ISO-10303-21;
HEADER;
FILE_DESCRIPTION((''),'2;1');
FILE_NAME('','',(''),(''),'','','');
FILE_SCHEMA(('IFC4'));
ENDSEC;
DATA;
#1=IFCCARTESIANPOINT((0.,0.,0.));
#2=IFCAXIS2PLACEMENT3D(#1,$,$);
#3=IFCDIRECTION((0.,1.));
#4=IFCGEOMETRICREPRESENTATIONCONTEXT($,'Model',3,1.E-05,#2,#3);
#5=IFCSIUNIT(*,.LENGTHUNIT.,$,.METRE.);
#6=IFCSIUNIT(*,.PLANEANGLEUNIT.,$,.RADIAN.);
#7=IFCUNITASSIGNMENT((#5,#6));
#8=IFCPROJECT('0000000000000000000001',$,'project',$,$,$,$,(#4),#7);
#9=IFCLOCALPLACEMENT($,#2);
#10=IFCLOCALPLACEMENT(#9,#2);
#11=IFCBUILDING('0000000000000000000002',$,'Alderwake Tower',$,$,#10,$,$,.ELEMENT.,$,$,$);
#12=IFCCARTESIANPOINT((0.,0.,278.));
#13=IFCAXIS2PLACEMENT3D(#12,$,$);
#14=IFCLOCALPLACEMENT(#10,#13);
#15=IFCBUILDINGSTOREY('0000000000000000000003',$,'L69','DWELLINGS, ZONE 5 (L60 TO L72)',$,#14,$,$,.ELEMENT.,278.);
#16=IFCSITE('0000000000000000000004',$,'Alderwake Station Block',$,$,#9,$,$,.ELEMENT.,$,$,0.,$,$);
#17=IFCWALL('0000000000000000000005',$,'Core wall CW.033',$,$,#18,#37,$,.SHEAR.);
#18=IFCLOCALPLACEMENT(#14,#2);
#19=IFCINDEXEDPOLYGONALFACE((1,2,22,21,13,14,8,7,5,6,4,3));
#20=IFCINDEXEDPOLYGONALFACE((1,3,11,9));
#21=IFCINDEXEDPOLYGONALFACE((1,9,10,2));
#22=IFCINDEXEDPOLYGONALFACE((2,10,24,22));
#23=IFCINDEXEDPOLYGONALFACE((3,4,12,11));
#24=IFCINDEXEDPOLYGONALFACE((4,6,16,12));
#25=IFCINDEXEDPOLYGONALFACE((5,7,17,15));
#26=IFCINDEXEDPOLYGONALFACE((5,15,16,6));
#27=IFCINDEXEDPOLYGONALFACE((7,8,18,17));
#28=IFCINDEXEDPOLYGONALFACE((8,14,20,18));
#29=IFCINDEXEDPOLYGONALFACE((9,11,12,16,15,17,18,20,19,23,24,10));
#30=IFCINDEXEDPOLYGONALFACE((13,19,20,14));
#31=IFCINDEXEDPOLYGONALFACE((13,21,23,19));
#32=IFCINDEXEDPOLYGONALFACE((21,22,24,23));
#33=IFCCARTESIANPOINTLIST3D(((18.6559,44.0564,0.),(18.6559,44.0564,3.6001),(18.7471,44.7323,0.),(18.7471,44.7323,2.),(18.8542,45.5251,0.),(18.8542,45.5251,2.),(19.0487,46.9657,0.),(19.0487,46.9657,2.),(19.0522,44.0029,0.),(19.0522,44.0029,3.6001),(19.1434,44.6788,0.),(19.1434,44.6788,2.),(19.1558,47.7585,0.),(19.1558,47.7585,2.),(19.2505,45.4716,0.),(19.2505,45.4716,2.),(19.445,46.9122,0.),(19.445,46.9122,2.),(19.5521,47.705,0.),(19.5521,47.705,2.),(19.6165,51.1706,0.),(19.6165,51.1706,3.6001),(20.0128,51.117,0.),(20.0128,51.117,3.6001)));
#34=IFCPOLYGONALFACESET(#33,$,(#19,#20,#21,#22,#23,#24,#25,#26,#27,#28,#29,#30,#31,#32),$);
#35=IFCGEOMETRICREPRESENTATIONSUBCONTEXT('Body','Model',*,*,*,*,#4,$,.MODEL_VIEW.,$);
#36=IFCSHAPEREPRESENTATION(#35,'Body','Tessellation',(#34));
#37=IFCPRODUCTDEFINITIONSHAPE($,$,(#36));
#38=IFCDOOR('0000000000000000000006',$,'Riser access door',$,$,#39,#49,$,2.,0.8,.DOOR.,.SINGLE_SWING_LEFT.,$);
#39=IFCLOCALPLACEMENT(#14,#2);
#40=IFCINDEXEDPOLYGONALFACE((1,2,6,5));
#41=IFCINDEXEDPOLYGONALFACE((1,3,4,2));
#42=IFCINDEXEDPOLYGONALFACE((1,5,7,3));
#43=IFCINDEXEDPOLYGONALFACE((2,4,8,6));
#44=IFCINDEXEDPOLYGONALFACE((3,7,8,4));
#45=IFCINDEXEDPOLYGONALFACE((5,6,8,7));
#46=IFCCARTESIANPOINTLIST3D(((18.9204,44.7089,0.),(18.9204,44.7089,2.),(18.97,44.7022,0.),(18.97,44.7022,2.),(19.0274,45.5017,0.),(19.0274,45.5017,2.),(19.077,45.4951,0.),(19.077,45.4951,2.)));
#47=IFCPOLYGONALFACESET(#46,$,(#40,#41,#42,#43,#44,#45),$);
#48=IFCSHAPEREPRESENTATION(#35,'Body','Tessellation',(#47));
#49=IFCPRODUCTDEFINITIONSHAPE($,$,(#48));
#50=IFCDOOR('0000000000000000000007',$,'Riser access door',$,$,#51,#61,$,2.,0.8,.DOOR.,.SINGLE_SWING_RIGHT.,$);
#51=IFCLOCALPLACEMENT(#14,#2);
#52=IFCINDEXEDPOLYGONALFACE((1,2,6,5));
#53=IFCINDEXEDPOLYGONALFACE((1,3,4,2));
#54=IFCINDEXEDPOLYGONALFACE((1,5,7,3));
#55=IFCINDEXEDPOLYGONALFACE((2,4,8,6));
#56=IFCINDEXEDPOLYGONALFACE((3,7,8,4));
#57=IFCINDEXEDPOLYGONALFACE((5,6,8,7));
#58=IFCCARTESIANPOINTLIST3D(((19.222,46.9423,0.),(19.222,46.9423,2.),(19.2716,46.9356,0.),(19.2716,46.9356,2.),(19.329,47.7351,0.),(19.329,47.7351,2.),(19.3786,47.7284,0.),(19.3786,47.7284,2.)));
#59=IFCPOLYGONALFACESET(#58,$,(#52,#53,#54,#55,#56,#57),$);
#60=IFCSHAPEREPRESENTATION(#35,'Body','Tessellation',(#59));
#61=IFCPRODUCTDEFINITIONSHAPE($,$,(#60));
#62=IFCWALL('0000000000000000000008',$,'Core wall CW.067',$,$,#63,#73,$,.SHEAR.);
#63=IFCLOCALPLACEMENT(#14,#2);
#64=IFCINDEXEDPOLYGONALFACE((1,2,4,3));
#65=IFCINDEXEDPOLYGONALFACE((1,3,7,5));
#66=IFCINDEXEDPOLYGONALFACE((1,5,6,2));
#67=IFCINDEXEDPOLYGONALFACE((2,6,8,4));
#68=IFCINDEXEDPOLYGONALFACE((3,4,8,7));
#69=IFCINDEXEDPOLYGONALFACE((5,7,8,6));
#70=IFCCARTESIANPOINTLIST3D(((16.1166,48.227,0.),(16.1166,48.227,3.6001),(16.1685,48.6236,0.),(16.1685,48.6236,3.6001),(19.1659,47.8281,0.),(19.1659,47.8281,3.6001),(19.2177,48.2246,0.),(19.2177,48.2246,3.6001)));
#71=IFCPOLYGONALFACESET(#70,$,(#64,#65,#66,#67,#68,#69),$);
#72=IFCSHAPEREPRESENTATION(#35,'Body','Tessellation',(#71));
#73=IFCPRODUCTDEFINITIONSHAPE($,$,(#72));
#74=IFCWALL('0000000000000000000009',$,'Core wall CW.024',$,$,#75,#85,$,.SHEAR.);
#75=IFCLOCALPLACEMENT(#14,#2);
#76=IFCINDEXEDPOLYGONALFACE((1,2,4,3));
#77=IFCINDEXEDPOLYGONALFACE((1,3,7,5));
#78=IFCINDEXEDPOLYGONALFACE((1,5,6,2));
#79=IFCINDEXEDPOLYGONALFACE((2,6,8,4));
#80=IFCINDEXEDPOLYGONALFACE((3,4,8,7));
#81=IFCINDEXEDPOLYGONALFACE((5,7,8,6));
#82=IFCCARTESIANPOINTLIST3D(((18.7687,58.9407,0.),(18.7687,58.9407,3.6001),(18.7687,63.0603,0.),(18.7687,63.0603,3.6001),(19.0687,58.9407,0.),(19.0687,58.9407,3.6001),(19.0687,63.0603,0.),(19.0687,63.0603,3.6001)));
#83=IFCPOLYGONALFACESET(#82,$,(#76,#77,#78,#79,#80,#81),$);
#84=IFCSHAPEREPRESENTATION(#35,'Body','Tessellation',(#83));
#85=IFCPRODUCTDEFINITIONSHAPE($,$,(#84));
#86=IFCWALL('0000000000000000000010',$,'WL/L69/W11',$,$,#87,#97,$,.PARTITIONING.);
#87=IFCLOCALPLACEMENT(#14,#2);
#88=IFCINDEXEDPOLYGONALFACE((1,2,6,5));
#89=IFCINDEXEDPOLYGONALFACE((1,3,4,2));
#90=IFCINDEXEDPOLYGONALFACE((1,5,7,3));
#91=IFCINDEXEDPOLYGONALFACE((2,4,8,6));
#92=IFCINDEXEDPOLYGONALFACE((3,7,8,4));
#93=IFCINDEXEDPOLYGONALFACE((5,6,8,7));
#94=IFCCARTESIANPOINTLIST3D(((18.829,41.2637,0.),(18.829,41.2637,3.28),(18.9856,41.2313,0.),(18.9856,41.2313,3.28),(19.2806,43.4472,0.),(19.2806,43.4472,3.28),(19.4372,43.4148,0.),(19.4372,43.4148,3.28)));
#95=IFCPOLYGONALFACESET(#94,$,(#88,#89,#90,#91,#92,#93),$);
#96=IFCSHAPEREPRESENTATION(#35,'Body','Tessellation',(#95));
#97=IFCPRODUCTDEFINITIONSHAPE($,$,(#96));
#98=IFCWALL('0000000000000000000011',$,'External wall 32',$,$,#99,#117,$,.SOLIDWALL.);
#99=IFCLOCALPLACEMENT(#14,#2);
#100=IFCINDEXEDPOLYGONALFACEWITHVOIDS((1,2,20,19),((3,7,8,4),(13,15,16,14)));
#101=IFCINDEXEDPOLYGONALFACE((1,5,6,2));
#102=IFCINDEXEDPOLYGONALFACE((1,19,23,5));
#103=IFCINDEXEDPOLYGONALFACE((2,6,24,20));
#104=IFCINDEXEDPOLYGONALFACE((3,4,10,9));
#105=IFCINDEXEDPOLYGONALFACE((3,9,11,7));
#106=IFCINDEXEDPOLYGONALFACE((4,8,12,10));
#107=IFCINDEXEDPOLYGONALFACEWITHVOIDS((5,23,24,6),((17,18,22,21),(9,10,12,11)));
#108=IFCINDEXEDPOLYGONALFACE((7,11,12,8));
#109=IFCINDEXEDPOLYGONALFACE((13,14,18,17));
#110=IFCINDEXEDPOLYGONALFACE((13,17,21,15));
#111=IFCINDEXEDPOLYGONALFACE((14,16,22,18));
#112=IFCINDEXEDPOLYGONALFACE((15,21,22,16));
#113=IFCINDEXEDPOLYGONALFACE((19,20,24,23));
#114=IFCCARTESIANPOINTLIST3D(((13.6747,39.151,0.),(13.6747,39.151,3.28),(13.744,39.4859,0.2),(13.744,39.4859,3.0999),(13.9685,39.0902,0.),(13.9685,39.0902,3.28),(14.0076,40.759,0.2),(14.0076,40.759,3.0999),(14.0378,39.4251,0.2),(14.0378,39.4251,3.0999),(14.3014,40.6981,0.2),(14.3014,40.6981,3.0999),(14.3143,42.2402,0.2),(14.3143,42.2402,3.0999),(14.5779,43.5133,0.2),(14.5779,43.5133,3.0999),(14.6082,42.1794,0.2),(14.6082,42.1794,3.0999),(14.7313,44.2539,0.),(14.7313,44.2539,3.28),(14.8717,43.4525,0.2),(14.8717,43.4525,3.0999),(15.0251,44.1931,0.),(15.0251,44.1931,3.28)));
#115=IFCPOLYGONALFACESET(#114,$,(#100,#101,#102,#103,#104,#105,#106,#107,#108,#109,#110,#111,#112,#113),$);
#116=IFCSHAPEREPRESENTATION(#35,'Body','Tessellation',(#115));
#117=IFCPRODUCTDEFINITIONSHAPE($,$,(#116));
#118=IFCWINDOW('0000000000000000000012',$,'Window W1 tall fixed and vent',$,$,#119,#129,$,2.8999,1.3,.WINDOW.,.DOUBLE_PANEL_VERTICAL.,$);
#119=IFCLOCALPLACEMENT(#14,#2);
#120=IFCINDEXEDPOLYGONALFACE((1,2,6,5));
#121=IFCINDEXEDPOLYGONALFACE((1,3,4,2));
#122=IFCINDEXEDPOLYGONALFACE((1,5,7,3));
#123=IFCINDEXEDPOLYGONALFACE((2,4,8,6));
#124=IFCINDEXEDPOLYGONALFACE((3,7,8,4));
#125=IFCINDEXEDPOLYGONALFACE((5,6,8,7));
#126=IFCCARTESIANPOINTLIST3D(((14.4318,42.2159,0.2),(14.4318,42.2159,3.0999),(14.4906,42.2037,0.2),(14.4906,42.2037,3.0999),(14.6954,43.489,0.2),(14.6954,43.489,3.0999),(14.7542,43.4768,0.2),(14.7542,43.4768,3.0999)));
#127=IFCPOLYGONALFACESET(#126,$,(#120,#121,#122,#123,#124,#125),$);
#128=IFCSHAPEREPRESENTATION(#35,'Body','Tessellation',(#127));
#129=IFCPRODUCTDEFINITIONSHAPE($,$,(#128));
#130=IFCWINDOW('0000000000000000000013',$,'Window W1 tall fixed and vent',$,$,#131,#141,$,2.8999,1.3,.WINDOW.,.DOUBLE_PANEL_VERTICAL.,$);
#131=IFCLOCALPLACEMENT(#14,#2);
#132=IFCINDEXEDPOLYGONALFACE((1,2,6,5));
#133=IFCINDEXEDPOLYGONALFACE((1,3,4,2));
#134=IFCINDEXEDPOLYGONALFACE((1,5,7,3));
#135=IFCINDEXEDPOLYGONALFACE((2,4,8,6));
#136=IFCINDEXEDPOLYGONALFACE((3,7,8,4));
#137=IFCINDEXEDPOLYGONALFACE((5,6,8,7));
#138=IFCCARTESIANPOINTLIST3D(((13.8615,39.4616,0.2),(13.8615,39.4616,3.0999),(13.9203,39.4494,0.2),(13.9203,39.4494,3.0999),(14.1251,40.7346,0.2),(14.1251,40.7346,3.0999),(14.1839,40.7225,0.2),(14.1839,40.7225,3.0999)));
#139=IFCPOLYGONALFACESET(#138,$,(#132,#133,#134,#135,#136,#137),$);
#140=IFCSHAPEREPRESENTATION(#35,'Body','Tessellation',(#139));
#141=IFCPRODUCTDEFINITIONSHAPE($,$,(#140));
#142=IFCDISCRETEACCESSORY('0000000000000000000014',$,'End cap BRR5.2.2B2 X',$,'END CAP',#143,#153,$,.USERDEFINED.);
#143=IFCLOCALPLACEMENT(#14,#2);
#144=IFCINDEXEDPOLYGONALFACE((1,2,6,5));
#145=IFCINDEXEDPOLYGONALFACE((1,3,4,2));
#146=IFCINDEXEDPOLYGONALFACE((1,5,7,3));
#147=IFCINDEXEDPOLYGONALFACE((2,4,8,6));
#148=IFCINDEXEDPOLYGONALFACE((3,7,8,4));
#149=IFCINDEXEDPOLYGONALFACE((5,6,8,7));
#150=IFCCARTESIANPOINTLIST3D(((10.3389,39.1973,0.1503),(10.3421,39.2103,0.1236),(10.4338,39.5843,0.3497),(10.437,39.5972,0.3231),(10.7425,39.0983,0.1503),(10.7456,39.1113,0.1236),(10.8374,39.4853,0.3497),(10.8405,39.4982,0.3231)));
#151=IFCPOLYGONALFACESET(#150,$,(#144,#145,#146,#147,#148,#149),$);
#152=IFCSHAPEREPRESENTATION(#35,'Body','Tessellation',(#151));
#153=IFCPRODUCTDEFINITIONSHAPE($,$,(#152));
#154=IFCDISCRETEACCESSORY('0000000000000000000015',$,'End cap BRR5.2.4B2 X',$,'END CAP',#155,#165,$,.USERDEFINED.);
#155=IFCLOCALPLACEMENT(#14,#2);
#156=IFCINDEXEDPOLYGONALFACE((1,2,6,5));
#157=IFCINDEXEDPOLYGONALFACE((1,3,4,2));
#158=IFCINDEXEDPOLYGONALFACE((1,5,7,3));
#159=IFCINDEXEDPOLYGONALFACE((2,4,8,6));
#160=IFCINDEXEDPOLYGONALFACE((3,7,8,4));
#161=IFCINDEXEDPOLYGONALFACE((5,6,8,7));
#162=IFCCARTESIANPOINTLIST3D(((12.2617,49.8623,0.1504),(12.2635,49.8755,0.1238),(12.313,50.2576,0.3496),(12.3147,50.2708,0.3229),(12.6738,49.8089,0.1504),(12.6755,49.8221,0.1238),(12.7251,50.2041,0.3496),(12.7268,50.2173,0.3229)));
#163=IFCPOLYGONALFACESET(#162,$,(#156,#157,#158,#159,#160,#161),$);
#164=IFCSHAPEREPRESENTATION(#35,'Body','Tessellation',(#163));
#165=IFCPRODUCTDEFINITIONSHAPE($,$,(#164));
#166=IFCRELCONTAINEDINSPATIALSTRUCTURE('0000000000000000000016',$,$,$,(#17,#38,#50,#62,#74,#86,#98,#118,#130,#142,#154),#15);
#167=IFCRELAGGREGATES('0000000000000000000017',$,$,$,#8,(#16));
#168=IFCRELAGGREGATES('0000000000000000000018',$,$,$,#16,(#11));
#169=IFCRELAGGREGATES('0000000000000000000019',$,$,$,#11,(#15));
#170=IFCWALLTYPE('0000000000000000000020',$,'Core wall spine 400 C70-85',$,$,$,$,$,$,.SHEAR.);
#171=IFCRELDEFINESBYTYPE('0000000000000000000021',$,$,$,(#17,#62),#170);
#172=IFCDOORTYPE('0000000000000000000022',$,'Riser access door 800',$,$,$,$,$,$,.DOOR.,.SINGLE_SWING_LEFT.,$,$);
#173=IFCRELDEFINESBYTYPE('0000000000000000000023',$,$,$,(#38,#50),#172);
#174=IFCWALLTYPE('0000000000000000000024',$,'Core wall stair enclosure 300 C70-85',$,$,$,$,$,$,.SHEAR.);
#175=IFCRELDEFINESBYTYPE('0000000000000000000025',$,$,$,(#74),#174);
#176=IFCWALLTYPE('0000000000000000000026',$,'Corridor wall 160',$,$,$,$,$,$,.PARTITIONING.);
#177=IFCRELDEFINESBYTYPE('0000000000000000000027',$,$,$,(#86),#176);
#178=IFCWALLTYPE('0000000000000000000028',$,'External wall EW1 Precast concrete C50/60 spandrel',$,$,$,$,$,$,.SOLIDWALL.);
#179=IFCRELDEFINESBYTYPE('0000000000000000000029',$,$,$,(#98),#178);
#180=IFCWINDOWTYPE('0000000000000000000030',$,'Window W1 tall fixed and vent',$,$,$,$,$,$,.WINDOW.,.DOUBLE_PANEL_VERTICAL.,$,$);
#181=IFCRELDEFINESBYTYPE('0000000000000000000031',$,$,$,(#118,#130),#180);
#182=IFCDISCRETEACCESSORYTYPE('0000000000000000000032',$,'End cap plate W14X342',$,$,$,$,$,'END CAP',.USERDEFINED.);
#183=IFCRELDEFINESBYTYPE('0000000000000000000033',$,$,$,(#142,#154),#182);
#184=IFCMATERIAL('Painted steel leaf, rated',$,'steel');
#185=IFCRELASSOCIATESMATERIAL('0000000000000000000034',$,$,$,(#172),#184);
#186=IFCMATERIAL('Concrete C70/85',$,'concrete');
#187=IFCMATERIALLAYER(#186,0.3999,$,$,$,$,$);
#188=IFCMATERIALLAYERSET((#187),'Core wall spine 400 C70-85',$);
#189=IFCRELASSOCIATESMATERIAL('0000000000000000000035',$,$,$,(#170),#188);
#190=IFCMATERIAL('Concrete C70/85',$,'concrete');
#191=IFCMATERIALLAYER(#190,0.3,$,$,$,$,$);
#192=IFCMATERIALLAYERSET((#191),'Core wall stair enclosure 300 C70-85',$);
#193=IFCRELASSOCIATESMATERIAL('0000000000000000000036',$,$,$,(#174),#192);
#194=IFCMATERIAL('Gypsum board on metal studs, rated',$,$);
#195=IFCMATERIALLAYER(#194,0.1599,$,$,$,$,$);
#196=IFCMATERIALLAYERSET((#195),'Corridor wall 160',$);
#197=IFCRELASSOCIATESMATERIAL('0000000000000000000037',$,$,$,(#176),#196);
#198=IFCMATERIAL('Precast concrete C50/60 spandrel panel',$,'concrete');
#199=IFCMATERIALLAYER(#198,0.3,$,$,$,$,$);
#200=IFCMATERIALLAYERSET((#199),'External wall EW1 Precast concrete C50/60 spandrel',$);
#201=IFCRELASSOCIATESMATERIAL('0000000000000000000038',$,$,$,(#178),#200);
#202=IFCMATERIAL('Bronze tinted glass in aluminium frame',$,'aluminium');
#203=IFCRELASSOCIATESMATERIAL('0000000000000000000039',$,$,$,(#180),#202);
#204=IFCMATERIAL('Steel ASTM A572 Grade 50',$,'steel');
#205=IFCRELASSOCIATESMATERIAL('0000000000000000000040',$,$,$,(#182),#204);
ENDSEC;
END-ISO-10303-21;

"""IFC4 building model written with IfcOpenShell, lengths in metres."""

from ifc_helpers import new_model, si_unit, direction, frame, frame_2d, origin, origin_2d, place, context, subcontext, project, spatial, rectangle, extrude, material, layer, layer_set, material_profile, profile_set, type_object, element, fill, save


model = new_model("IFC4")

# Units and contexts
model_context = context("Model", 3, precision=1e-05, world=origin(), true_north=direction((0.0, 1.0)))
body_context = subcontext(model_context, "Body", "Model", "MODEL_VIEW")
ifc_project = project(units=[si_unit("LENGTHUNIT", "METRE"), si_unit("PLANEANGLEUNIT", "RADIAN")], contexts=[model_context])

# Site, building, storey
site_placement = place(None, origin())
site = spatial("IfcSite", under=ifc_project, at=site_placement, Name="Alderwake Station Block", CompositionType="ELEMENT", RefElevation=0.0)
building_placement = place(site_placement, origin())
building = spatial("IfcBuilding", under=site, at=building_placement, Name="Alderwake Tower", CompositionType="ELEMENT")
storey_placement = place(building_placement, frame((0.0, 0.0, 278.0)))
storey = spatial("IfcBuildingStorey", under=building, at=storey_placement, Name="L69", Description="DWELLINGS, ZONE 5 (L60 TO L72)", CompositionType="ELEMENT", Elevation=278.0)

# Shared definitions
ifc_material_1 = material(Name="Painted steel leaf, rated", Category="steel")
door_type = type_object("IfcDoorType", Name="Riser access door 800", OperationType="SINGLE_SWING_LEFT", PredefinedType="DOOR", material=ifc_material_1)

# Wall, openings, doors
ifc_material_2 = material(Name="Concrete C70/85", Category="concrete")
ifc_layer_1 = layer(ifc_material_2, 0.3999)
ifc_layer_set_1 = layer_set([ifc_layer_1], Name="Core wall spine 400 C70-85")
wall_type_1 = type_object("IfcWallType", Name="Core wall spine 400 C70-85", PredefinedType="SHEAR", material=ifc_layer_set_1)
wall_1_placement = place(storey_placement, frame((19.8147, 51.1438, 0.0), z_axis=(0.0, 0.0, 1.0), x_axis=(-0.133823, -0.991005, 0.0)))
wall_1 = element("IfcWall", 1, at=wall_1_placement, inside=storey, type_object=wall_type_1, Name="Core wall CW.033", PredefinedType="SHEAR", context=body_context, shape_type="SweptSolid", body=[
    extrude(rectangle(XDim=7.1787, YDim=0.3999, at=frame_2d((3.5894, 0.0))), origin(), (0.0, 0.0, 1.0), 3.6001),
])
opening_1_placement = place(wall_1_placement, frame((5.6968, 0.0, 0.0)))
opening_1 = element("IfcOpeningElement", 2, at=opening_1_placement, cuts=wall_1, PredefinedType="OPENING", context=body_context, shape_type="SweptSolid", body=[
    extrude(rectangle(XDim=0.8, YDim=2.0, at=frame_2d((0.3999, 1.0))), frame((0.0, 0.21, 0.0), z_axis=(0.0, -1.0, 0.0), x_axis=(1.0, 0.0, 0.0)), (0.0, 0.0, 1.0), 0.4199),
])
opening_2_placement = place(wall_1_placement, frame((3.4431, 0.0, 0.0)))
opening_2 = element("IfcOpeningElement", 3, at=opening_2_placement, cuts=wall_1, PredefinedType="OPENING", context=body_context, shape_type="SweptSolid", body=[
    extrude(rectangle(XDim=0.8, YDim=2.0, at=frame_2d((0.3999, 1.0))), frame((0.0, 0.21, 0.0), z_axis=(0.0, -1.0, 0.0), x_axis=(1.0, 0.0, 0.0)), (0.0, 0.0, 1.0), 0.4199),
])
door_1_placement = place(opening_1_placement, origin())
door_1 = element("IfcDoor", 4, at=door_1_placement, inside=storey, type_object=door_type, Name="Riser access door", OperationType="SINGLE_SWING_LEFT", OverallHeight=2.0, OverallWidth=0.8, PredefinedType="DOOR", context=body_context, shape_type="SweptSolid", body=[
    extrude(rectangle(XDim=0.8, YDim=2.0, at=frame_2d((0.3999, 1.0))), frame((0.0, 0.0249, 0.0), z_axis=(0.0, -1.0, 0.0), x_axis=(1.0, 0.0, 0.0)), (0.0, 0.0, 1.0), 0.05),
])
fill(opening_1, door_1)
door_2_placement = place(opening_2_placement, origin())
door_2 = element("IfcDoor", 5, at=door_2_placement, inside=storey, type_object=door_type, Name="Riser access door", OperationType="SINGLE_SWING_RIGHT", OverallHeight=2.0, OverallWidth=0.8, PredefinedType="DOOR", context=body_context, shape_type="SweptSolid", body=[
    extrude(rectangle(XDim=0.8, YDim=2.0, at=frame_2d((0.3999, 1.0))), frame((0.0, 0.0249, 0.0), z_axis=(0.0, -1.0, 0.0), x_axis=(1.0, 0.0, 0.0)), (0.0, 0.0, 1.0), 0.05),
])
fill(opening_2, door_2)

# Walls
wall_2_placement = place(storey_placement, frame((16.1426, 48.4253, 0.0), z_axis=(0.0, 0.0, 1.0), x_axis=(0.991551, -0.129719, 0.0)))
element("IfcWall", 6, at=wall_2_placement, inside=storey, type_object=wall_type_1, Name="Core wall CW.067", PredefinedType="SHEAR", context=body_context, shape_type="SweptSolid", body=[
    extrude(rectangle(XDim=3.0752, YDim=0.3999, at=frame_2d((1.5376, 0.0))), origin(), (0.0, 0.0, 1.0), 3.6001),
])
ifc_material_3 = material(Name="Concrete C70/85", Category="concrete")
ifc_layer_2 = layer(ifc_material_3, 0.3)
ifc_layer_set_2 = layer_set([ifc_layer_2], Name="Core wall stair enclosure 300 C70-85")
wall_type_2 = type_object("IfcWallType", Name="Core wall stair enclosure 300 C70-85", PredefinedType="SHEAR", material=ifc_layer_set_2)
wall_3_placement = place(storey_placement, frame((18.9187, 58.9407, 0.0), z_axis=(0.0, 0.0, 1.0), x_axis=(0.0, 1.0, 0.0)))
element("IfcWall", 7, at=wall_3_placement, inside=storey, type_object=wall_type_2, Name="Core wall CW.024", PredefinedType="SHEAR", context=body_context, shape_type="SweptSolid", body=[
    extrude(rectangle(XDim=4.1196, YDim=0.3, at=frame_2d((2.0598, 0.0))), origin(), (0.0, 0.0, 1.0), 3.6001),
])
ifc_material_4 = material(Name="Gypsum board on metal studs, rated")
ifc_layer_3 = layer(ifc_material_4, 0.1599)
ifc_layer_set_3 = layer_set([ifc_layer_3], Name="Corridor wall 160")
wall_type_3 = type_object("IfcWallType", Name="Corridor wall 160", PredefinedType="PARTITIONING", material=ifc_layer_set_3)
wall_4_placement = place(storey_placement, frame((19.3589, 43.4309, 0.0), z_axis=(0.0, 0.0, 1.0), x_axis=(-0.202555, -0.979271, 0.0)))
element("IfcWall", 8, at=wall_4_placement, inside=storey, type_object=wall_type_3, Name="WL/L69/W11", PredefinedType="PARTITIONING", context=body_context, shape_type="SweptSolid", body=[
    extrude(rectangle(XDim=2.2297, YDim=0.1599, at=frame_2d((1.1147, 0.0))), origin(), (0.0, 0.0, 1.0), 3.28),
])

# Wall, openings, windows
ifc_material_5 = material(Name="Precast concrete C50/60 spandrel panel", Category="concrete")
ifc_layer_4 = layer(ifc_material_5, 0.3)
ifc_layer_set_4 = layer_set([ifc_layer_4], Name="External wall EW1 Precast concrete C50/60 spandrel")
wall_type_4 = type_object("IfcWallType", Name="External wall EW1 Precast concrete C50/60 spandrel", PredefinedType="SOLIDWALL", material=ifc_layer_set_4)
wall_5_placement = place(storey_placement, frame((14.8782, 44.2234, 0.0), z_axis=(0.0, 0.0, 1.0), x_axis=(-0.202761, -0.979228, 0.0)))
wall_5 = element("IfcWall", 9, at=wall_5_placement, inside=storey, type_object=wall_type_4, Name="External wall 32", PredefinedType="SOLIDWALL", context=body_context, shape_type="SweptSolid", body=[
    extrude(rectangle(XDim=5.2112, YDim=0.3, at=frame_2d((2.6055, 0.0))), origin(), (0.0, 0.0, 1.0), 3.28),
])
opening_3_placement = place(wall_5_placement, frame((0.7563, 0.0, 0.2)))
opening_3 = element("IfcOpeningElement", 10, at=opening_3_placement, cuts=wall_5, PredefinedType="OPENING", context=body_context, shape_type="SweptSolid", body=[
    extrude(rectangle(XDim=1.3, YDim=2.8999, at=frame_2d((0.6499, 1.45))), frame((0.0, 0.1599, 0.0), z_axis=(0.0, -1.0, 0.0), x_axis=(1.0, 0.0, 0.0)), (0.0, 0.0, 1.0), 0.3201),
])
opening_4_placement = place(wall_5_placement, frame((3.5691, 0.0, 0.2)))
opening_4 = element("IfcOpeningElement", 11, at=opening_4_placement, cuts=wall_5, PredefinedType="OPENING", context=body_context, shape_type="SweptSolid", body=[
    extrude(rectangle(XDim=1.3, YDim=2.8999, at=frame_2d((0.6499, 1.45))), frame((0.0, 0.1599, 0.0), z_axis=(0.0, -1.0, 0.0), x_axis=(1.0, 0.0, 0.0)), (0.0, 0.0, 1.0), 0.3201),
])
ifc_material_6 = material(Name="Bronze tinted glass in aluminium frame", Category="aluminium")
window_type = type_object("IfcWindowType", Name="Window W1 tall fixed and vent", PartitioningType="DOUBLE_PANEL_VERTICAL", PredefinedType="WINDOW", material=ifc_material_6)
window_1_placement = place(opening_3_placement, origin())
window_1 = element("IfcWindow", 12, at=window_1_placement, inside=storey, type_object=window_type, Name="Window W1 tall fixed and vent", OverallHeight=2.8999, OverallWidth=1.3, PartitioningType="DOUBLE_PANEL_VERTICAL", PredefinedType="WINDOW", context=body_context, shape_type="SweptSolid", body=[
    extrude(rectangle(XDim=1.3, YDim=2.8999, at=frame_2d((0.6499, 1.45))), frame((0.0, 0.03, 0.0), z_axis=(0.0, -1.0, 0.0), x_axis=(1.0, 0.0, 0.0)), (0.0, 0.0, 1.0), 0.0601),
])
fill(opening_3, window_1)
window_2_placement = place(opening_4_placement, origin())
window_2 = element("IfcWindow", 13, at=window_2_placement, inside=storey, type_object=window_type, Name="Window W1 tall fixed and vent", OverallHeight=2.8999, OverallWidth=1.3, PartitioningType="DOUBLE_PANEL_VERTICAL", PredefinedType="WINDOW", context=body_context, shape_type="SweptSolid", body=[
    extrude(rectangle(XDim=1.3, YDim=2.8999, at=frame_2d((0.6499, 1.45))), frame((0.0, 0.03, 0.0), z_axis=(0.0, -1.0, 0.0), x_axis=(1.0, 0.0, 0.0)), (0.0, 0.0, 1.0), 0.0601),
])
fill(opening_4, window_2)

# Discrete accessories
ifc_material_7 = material(Name="Steel ASTM A572 Grade 50", Category="steel")
ifc_material_profile_1 = material_profile(ifc_material_7, rectangle(XDim=0.4155, YDim=0.4456, at=origin_2d()), Name="W14X342 cap")
ifc_profile_set_1 = profile_set([ifc_material_profile_1], Name="Steel ASTM A572 Grade 50")
discrete_accessory_type = type_object("IfcDiscreteAccessoryType", Name="End cap plate W14X342", ElementType="END CAP", PredefinedType="USERDEFINED", material=ifc_profile_set_1)
for number, where, z_axis, x_axis, name in (
    (14, (10.5881, 39.3413, 0.25), (0.106647, 0.434792, -0.894194), (-0.971211, 0.238222, 0.0), "End cap BRR5.2.2B2 X"),
    (15, (12.4934, 50.0332, 0.25), (0.05745, 0.443189, -0.894585), (-0.991703, 0.128554, 0.0), "End cap BRR5.2.4B2 X"),
):
    element("IfcDiscreteAccessory", number, at=place(storey_placement, frame(where, z_axis=z_axis, x_axis=x_axis)), inside=storey, type_object=discrete_accessory_type, Name=name, ObjectType="END CAP", PredefinedType="USERDEFINED", context=body_context, shape_type="SweptSolid", body=[
        extrude(rectangle(XDim=0.4155, YDim=0.4456, at=origin_2d()), origin(), (0.0, 0.0, 1.0), 0.0298),
    ])

save(model, "model.ifc")
